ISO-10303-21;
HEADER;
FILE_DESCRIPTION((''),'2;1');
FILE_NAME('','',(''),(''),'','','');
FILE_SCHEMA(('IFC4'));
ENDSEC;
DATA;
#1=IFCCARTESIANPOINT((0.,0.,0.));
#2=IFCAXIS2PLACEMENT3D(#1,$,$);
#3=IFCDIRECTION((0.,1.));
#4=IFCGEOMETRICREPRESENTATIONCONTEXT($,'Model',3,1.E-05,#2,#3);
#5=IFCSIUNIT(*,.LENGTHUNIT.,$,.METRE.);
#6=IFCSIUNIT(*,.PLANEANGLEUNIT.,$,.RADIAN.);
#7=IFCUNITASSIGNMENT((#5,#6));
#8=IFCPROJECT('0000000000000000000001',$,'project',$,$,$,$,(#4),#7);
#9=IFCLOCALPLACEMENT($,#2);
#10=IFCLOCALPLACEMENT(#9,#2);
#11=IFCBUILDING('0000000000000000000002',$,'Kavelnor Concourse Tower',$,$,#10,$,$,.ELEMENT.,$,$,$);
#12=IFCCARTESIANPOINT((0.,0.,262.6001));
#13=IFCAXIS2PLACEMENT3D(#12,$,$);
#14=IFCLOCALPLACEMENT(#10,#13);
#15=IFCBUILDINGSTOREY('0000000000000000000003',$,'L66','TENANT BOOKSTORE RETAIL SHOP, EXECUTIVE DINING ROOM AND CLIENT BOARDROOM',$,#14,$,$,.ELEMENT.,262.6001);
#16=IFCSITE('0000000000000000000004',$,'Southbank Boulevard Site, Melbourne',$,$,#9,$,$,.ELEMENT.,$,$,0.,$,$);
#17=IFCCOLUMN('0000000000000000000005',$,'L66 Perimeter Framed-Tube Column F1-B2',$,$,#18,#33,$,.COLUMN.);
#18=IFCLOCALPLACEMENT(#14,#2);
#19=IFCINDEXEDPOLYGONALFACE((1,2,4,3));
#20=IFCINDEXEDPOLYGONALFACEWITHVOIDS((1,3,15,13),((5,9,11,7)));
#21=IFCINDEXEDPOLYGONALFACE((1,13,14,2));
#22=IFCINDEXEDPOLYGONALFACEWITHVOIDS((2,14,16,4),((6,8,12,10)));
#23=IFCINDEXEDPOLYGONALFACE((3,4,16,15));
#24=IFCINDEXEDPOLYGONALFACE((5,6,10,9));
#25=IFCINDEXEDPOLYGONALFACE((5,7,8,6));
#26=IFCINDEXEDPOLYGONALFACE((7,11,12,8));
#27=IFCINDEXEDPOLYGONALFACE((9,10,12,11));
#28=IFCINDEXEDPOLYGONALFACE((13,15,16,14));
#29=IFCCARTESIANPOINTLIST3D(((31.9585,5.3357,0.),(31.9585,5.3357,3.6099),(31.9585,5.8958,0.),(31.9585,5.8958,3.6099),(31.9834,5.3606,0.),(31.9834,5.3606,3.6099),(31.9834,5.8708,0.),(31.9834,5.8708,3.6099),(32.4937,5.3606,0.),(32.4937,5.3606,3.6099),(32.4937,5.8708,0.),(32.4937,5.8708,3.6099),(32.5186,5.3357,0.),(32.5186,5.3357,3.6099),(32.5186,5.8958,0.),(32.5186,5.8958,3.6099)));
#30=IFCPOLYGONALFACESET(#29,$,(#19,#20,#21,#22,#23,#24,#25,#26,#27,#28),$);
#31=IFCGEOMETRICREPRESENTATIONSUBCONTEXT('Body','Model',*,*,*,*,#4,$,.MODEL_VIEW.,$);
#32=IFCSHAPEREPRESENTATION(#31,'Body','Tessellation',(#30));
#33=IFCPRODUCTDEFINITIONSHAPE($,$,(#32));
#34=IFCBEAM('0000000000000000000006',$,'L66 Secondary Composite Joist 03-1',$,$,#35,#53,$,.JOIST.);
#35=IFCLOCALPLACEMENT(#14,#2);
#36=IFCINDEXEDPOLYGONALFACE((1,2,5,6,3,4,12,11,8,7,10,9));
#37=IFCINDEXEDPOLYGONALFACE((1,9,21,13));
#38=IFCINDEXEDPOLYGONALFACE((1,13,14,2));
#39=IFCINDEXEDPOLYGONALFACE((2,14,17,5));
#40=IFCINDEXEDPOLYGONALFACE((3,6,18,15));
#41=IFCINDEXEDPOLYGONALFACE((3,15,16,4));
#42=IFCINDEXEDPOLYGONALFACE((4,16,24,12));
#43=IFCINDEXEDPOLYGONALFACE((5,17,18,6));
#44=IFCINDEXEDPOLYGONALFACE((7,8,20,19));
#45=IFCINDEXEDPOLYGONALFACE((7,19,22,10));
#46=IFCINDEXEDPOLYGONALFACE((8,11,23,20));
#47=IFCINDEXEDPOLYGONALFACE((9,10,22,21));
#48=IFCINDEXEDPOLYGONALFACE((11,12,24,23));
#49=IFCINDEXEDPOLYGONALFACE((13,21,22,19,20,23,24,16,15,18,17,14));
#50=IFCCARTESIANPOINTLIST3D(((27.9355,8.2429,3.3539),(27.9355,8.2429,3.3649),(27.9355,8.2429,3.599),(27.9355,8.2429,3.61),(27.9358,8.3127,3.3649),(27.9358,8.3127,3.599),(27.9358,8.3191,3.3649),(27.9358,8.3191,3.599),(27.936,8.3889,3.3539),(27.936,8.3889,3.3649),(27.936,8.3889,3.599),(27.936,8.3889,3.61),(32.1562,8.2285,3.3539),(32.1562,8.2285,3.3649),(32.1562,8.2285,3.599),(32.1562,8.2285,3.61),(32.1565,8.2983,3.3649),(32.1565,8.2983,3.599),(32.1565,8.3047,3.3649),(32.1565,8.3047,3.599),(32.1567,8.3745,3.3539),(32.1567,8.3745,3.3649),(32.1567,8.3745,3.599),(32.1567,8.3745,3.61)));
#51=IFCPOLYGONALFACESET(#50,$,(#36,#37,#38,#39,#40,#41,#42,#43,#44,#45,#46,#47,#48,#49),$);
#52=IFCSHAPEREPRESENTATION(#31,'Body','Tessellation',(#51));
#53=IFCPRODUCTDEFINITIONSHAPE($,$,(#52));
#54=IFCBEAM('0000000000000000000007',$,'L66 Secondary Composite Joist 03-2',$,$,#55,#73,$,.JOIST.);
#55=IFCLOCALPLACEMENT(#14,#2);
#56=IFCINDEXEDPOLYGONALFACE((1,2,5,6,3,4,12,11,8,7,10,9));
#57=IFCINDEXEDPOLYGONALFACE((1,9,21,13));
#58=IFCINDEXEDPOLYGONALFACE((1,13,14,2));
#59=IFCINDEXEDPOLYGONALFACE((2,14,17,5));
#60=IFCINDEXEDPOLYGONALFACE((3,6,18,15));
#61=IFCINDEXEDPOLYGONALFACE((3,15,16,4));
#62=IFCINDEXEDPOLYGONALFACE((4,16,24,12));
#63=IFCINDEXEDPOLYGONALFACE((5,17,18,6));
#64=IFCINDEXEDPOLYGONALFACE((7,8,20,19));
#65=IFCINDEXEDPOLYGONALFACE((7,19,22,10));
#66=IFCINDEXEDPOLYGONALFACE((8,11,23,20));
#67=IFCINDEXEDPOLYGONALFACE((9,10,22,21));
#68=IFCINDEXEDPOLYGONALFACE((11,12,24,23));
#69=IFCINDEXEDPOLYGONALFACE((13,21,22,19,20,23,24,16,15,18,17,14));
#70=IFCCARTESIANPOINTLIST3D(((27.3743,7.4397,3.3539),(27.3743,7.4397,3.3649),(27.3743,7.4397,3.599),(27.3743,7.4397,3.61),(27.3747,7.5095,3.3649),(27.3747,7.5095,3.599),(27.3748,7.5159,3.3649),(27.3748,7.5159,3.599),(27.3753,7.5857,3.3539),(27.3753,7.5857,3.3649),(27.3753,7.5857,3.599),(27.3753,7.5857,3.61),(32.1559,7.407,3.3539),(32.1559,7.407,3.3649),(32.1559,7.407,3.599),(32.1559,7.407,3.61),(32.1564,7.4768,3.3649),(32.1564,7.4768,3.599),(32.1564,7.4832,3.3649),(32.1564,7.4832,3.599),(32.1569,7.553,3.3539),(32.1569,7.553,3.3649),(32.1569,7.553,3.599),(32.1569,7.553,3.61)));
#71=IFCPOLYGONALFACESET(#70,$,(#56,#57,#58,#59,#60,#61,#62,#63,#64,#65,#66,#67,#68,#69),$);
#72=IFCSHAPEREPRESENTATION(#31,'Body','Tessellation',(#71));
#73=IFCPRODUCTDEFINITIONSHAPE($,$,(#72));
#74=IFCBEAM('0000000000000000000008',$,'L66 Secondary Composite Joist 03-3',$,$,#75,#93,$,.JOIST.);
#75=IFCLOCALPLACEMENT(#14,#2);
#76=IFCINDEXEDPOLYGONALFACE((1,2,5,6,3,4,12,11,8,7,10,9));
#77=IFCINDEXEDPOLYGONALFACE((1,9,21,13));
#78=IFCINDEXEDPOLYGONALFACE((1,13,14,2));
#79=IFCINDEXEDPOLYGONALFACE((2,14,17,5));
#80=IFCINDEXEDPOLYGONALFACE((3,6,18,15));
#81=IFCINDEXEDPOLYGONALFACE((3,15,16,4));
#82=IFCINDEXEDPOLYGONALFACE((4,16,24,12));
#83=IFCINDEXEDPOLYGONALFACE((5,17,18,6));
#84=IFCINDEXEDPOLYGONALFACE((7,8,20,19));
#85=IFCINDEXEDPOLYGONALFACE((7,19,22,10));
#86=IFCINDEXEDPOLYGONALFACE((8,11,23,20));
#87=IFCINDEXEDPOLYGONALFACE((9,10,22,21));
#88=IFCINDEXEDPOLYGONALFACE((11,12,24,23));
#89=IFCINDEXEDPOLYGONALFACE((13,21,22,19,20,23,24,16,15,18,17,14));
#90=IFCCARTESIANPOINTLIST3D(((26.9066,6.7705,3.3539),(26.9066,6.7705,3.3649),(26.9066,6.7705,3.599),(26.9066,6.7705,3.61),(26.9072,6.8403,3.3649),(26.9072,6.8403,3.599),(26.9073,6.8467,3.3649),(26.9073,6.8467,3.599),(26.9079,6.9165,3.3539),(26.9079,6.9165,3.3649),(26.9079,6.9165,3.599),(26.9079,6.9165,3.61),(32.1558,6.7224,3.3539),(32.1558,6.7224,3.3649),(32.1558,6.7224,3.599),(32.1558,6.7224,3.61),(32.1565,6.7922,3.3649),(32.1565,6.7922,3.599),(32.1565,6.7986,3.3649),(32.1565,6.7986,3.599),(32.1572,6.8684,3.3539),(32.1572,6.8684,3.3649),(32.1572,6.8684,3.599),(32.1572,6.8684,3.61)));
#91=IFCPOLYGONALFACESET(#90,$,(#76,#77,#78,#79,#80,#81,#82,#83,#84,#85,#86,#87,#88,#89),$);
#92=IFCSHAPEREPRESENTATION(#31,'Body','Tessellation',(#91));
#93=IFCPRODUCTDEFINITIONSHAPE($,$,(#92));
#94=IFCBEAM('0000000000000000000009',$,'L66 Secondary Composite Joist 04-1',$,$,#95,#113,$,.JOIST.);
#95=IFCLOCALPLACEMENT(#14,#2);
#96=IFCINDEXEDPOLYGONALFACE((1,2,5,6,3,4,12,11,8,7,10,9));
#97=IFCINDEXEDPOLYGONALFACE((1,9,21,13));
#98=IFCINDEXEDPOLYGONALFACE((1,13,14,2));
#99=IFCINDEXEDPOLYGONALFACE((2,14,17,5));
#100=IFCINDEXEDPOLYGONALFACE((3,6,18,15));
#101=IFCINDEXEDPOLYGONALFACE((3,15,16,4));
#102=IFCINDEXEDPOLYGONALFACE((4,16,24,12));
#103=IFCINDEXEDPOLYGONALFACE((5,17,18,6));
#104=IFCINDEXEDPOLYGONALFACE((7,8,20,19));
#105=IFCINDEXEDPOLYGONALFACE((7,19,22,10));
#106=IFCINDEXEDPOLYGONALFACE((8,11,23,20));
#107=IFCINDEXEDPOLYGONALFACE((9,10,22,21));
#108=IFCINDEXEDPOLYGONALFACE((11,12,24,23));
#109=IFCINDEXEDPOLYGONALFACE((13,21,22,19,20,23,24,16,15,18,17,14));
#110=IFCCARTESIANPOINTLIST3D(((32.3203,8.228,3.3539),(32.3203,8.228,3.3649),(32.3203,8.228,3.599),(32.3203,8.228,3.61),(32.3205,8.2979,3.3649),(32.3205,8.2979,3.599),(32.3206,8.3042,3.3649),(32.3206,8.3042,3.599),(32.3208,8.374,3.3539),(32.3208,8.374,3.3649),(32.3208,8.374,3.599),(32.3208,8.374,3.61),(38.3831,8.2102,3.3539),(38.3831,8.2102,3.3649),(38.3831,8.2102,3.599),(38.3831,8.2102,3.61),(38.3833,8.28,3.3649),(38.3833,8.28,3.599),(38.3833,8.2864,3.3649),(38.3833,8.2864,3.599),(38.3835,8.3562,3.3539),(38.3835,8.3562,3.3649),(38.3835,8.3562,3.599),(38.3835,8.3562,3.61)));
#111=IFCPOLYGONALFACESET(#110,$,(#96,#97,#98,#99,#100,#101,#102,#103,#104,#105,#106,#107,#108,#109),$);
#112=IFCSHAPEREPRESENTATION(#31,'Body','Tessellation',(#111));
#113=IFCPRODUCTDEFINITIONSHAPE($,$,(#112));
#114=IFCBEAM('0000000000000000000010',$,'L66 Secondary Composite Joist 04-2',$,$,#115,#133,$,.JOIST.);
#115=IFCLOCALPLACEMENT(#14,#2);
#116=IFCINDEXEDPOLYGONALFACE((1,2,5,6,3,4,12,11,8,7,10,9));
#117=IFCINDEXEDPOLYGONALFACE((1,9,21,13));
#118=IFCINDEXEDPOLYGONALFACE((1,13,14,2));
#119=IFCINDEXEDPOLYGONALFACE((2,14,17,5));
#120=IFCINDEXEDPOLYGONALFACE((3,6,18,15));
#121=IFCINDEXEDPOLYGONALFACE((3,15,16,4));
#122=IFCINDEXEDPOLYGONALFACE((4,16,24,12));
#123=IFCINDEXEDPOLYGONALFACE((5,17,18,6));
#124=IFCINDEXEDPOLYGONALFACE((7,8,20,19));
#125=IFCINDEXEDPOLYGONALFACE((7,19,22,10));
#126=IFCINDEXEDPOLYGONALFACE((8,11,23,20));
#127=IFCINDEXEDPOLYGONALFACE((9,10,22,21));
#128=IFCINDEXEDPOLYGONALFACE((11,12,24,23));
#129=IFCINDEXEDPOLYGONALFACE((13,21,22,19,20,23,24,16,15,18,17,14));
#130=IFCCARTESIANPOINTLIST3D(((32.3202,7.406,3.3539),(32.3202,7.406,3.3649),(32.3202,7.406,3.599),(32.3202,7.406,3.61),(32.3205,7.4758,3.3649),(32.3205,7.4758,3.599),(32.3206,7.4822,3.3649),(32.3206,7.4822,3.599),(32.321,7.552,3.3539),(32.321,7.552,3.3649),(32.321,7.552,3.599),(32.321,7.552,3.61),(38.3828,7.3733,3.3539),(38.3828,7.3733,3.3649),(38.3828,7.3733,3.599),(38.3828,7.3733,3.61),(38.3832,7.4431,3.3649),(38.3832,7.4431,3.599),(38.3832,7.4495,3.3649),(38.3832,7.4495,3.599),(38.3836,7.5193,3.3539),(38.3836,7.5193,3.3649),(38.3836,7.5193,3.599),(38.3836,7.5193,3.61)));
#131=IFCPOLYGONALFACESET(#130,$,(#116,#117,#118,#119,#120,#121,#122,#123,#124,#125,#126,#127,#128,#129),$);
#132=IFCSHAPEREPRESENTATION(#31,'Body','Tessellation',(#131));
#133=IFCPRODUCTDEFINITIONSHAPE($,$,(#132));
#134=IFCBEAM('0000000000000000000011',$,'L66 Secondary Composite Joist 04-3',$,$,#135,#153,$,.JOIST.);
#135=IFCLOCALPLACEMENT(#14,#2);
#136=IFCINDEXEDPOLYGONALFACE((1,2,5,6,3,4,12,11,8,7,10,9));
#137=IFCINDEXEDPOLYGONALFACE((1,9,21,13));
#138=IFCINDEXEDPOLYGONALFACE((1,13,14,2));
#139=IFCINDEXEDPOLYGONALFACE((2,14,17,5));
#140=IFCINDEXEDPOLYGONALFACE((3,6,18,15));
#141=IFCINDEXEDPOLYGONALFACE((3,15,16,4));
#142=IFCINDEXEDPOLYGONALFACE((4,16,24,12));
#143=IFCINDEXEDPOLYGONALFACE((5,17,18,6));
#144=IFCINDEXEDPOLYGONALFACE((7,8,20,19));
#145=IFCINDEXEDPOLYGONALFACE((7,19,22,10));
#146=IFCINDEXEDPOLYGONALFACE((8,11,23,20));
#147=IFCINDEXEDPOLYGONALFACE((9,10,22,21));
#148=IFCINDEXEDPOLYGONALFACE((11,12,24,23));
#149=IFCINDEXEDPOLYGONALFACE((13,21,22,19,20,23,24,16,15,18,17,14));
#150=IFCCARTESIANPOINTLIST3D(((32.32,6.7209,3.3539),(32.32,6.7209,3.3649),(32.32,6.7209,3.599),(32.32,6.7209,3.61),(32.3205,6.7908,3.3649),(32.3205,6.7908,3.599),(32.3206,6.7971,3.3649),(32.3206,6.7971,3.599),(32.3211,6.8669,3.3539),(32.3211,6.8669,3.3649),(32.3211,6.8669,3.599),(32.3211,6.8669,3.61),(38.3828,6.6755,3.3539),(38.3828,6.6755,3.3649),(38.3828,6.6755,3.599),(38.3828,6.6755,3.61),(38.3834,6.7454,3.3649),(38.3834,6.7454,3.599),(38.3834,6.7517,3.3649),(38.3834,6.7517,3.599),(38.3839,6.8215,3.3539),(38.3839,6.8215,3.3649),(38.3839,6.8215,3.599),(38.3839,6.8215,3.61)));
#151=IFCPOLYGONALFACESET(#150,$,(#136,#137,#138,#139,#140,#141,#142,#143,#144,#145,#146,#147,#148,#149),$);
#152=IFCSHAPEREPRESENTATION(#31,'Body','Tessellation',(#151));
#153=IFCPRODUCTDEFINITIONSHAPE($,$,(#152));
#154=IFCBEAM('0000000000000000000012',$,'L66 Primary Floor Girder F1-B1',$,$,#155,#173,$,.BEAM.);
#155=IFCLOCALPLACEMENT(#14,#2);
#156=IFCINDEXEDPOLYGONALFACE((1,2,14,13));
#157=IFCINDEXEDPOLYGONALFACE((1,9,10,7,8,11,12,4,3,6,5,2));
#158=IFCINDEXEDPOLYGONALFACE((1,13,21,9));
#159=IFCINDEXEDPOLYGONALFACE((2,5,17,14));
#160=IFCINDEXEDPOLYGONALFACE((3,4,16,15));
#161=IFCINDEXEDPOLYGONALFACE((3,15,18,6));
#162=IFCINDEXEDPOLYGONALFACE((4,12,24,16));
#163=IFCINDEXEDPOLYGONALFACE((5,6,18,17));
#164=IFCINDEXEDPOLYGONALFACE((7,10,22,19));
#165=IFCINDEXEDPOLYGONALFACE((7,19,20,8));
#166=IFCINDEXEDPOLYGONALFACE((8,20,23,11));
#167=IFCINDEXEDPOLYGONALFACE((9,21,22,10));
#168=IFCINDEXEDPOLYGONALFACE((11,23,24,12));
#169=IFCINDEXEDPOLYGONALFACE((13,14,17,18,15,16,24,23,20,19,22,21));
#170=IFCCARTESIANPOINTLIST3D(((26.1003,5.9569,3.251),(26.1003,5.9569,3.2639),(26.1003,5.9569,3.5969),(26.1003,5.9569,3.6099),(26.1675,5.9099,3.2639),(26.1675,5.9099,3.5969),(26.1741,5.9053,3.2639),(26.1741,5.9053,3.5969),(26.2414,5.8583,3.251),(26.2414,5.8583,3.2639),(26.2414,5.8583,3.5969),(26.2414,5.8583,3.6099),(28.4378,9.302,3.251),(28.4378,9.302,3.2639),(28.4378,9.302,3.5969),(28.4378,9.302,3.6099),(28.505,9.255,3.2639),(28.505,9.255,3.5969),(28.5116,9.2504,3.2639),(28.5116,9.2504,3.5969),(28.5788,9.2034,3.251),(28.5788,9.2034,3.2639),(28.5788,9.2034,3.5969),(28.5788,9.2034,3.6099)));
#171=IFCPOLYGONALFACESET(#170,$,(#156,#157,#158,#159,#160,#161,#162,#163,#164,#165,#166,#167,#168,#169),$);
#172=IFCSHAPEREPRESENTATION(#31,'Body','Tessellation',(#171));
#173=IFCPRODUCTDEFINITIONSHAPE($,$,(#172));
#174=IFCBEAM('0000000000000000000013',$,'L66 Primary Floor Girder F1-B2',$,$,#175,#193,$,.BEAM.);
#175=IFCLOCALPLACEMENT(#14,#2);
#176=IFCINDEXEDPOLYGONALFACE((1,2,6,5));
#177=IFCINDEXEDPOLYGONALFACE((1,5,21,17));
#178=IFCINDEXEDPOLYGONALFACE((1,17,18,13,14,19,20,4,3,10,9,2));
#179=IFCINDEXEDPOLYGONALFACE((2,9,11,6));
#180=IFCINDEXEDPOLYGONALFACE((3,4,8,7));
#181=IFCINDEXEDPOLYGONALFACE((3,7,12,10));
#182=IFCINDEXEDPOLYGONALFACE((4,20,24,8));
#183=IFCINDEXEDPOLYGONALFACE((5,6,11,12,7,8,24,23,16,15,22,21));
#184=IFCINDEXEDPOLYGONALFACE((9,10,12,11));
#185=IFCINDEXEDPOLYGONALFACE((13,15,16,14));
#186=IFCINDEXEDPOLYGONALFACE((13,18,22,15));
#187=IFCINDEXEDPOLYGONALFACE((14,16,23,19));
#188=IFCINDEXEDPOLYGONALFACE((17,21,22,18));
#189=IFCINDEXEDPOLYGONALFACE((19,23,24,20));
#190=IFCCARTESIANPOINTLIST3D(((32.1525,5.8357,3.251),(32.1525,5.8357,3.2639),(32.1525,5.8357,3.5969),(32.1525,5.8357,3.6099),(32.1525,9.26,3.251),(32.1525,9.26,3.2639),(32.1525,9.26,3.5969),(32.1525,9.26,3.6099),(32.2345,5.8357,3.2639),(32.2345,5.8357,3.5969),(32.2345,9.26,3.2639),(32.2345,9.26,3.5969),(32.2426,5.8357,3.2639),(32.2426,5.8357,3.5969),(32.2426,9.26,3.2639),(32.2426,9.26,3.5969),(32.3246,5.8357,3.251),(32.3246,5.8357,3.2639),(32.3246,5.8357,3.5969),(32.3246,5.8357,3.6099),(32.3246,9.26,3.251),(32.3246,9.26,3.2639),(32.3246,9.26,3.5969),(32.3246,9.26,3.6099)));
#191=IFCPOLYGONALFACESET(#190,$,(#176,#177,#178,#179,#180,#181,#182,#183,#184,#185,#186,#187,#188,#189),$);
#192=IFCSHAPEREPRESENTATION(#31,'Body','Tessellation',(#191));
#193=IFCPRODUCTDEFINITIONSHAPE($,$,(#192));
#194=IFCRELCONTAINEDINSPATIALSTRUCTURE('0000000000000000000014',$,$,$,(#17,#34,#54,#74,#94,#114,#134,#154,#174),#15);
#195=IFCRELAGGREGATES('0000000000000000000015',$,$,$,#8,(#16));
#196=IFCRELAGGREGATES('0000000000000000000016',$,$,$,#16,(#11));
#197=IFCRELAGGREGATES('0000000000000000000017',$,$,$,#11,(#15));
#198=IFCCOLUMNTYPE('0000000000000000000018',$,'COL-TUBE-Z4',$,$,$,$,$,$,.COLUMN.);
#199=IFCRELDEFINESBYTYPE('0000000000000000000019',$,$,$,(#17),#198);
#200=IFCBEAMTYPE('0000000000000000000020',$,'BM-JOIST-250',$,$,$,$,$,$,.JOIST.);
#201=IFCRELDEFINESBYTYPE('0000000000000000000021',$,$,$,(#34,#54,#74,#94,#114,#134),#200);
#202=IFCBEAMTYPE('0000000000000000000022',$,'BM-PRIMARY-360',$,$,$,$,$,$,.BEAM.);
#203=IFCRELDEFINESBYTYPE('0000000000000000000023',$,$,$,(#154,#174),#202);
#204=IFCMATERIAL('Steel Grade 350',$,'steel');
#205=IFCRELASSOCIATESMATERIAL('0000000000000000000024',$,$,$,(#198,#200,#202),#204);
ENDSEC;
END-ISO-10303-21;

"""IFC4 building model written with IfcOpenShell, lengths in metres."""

from ifc_helpers import new_model, si_unit, direction, frame, origin, origin_2d, place, context, subcontext, project, spatial, hollow_rectangle, i_section, extrude, material, material_profile, profile_set, type_object, element, save


model = new_model("IFC4")

# Units and contexts
model_context = context("Model", 3, precision=1e-05, world=origin(), true_north=direction((0.0, 1.0)))
body_context = subcontext(model_context, "Body", "Model", "MODEL_VIEW")
ifc_project = project(units=[si_unit("LENGTHUNIT", "METRE"), si_unit("PLANEANGLEUNIT", "RADIAN")], contexts=[model_context])

# Site, building, storey
site_placement = place(None, origin())
site = spatial("IfcSite", under=ifc_project, at=site_placement, Name="Southbank Boulevard Site, Melbourne", CompositionType="ELEMENT", RefElevation=0.0)
building_placement = place(site_placement, origin())
building = spatial("IfcBuilding", under=site, at=building_placement, Name="Kavelnor Concourse Tower", CompositionType="ELEMENT")
storey_placement = place(building_placement, frame((0.0, 0.0, 262.6001)))
storey = spatial("IfcBuildingStorey", under=building, at=storey_placement, Name="L66", Description="TENANT BOOKSTORE RETAIL SHOP, EXECUTIVE DINING ROOM AND CLIENT BOARDROOM", CompositionType="ELEMENT", Elevation=262.6001)

# Column
ifc_material_1 = material(Name="Steel Grade 350", Category="steel")
ifc_material_profile_1 = material_profile(ifc_material_1, hollow_rectangle(XDim=0.5601, YDim=0.5601, WallThickness=0.0249, at=origin_2d()), Name="SHS 560x560x25")
ifc_profile_set_1 = profile_set([ifc_material_profile_1], Name="Steel Grade 350")
column_type = type_object("IfcColumnType", Name="COL-TUBE-Z4", PredefinedType="COLUMN", material=ifc_profile_set_1)
column_placement = place(storey_placement, frame((32.2385, 5.6157, 0.0), z_axis=(0.0, 0.0, 1.0), x_axis=(1.0, 0.0, 0.0)))
element("IfcColumn", 1, at=column_placement, inside=storey, type_object=column_type, Name="L66 Perimeter Framed-Tube Column F1-B2", PredefinedType="COLUMN", context=body_context, shape_type="SweptSolid", body=[
    extrude(hollow_rectangle(XDim=0.5601, YDim=0.5601, WallThickness=0.0249, at=origin_2d()), origin(), (0.0, 0.0, 1.0), 3.6099),
])

# Beams
ifc_material_profile_2 = material_profile(ifc_material_1, i_section(OverallWidth=0.146, OverallDepth=0.2561, WebThickness=0.0063, FlangeThickness=0.011, at=origin_2d()), Name="250UB37")
ifc_profile_set_2 = profile_set([ifc_material_profile_2], Name="Steel Grade 350")
beam_type_1 = type_object("IfcBeamType", Name="BM-JOIST-250", PredefinedType="JOIST", material=ifc_profile_set_2)
beam_1_placement = place(storey_placement, frame((27.9358, 8.3159, 3.4819), z_axis=(0.999994, -0.003413, 0.0), x_axis=(0.003413, 0.999994, 0.0)))
element("IfcBeam", 2, at=beam_1_placement, inside=storey, type_object=beam_type_1, Name="L66 Secondary Composite Joist 03-1", PredefinedType="JOIST", context=body_context, shape_type="SweptSolid", body=[
    extrude(i_section(OverallWidth=0.146, OverallDepth=0.2561, WebThickness=0.0063, FlangeThickness=0.011, at=origin_2d()), origin(), (0.0, 0.0, 1.0), 4.2207),
])
beam_2_placement = place(storey_placement, frame((27.3748, 7.5127, 3.4819), z_axis=(0.999977, -0.006841, 0.0), x_axis=(0.006841, 0.999977, 0.0)))
element("IfcBeam", 3, at=beam_2_placement, inside=storey, type_object=beam_type_1, Name="L66 Secondary Composite Joist 03-2", PredefinedType="JOIST", context=body_context, shape_type="SweptSolid", body=[
    extrude(i_section(OverallWidth=0.146, OverallDepth=0.2561, WebThickness=0.0063, FlangeThickness=0.011, at=origin_2d()), origin(), (0.0, 0.0, 1.0), 4.7817),
])
beam_3_placement = place(storey_placement, frame((26.9072, 6.8435, 3.4819), z_axis=(0.999958, -0.009162, 0.0), x_axis=(0.009162, 0.999958, 0.0)))
element("IfcBeam", 4, at=beam_3_placement, inside=storey, type_object=beam_type_1, Name="L66 Secondary Composite Joist 03-3", PredefinedType="JOIST", context=body_context, shape_type="SweptSolid", body=[
    extrude(i_section(OverallWidth=0.146, OverallDepth=0.2561, WebThickness=0.0063, FlangeThickness=0.011, at=origin_2d()), origin(), (0.0, 0.0, 1.0), 5.2495),
])
for number, where, z_axis, x_axis, name in (
    (5, (32.3206, 8.301, 3.4819), (0.999996, -0.00294, 0.0), (0.00294, 0.999996, 0.0), "L66 Secondary Composite Joist 04-1"),
    (6, (32.3206, 7.479, 3.4819), (0.999985, -0.005396, 0.0), (0.005396, 0.999985, 0.0), "L66 Secondary Composite Joist 04-2"),
):
    element("IfcBeam", number, at=place(storey_placement, frame(where, z_axis=z_axis, x_axis=x_axis)), inside=storey, type_object=beam_type_1, Name=name, PredefinedType="JOIST", context=body_context, shape_type="SweptSolid", body=[
        extrude(i_section(OverallWidth=0.146, OverallDepth=0.2561, WebThickness=0.0063, FlangeThickness=0.011, at=origin_2d()), origin(), (0.0, 0.0, 1.0), 6.0627),
    ])
beam_4_placement = place(storey_placement, frame((32.3206, 6.7939, 3.4819), z_axis=(0.999972, -0.00749, 0.0), x_axis=(0.00749, 0.999972, 0.0)))
element("IfcBeam", 7, at=beam_4_placement, inside=storey, type_object=beam_type_1, Name="L66 Secondary Composite Joist 04-3", PredefinedType="JOIST", context=body_context, shape_type="SweptSolid", body=[
    extrude(i_section(OverallWidth=0.146, OverallDepth=0.2561, WebThickness=0.0063, FlangeThickness=0.011, at=origin_2d()), origin(), (0.0, 0.0, 1.0), 6.063),
])
ifc_material_profile_3 = material_profile(ifc_material_1, i_section(OverallWidth=0.1721, OverallDepth=0.3589, WebThickness=0.0081, FlangeThickness=0.0129, at=origin_2d()), Name="360UB56")
ifc_profile_set_3 = profile_set([ifc_material_profile_3], Name="Steel Grade 350")
beam_type_2 = type_object("IfcBeamType", Name="BM-PRIMARY-360", PredefinedType="BEAM", material=ifc_profile_set_3)
beam_5_placement = place(storey_placement, frame((28.5083, 9.2527, 3.4304), z_axis=(-0.572792, -0.819701, 0.0), x_axis=(0.819701, -0.572792, 0.0)))
element("IfcBeam", 8, at=beam_5_placement, inside=storey, type_object=beam_type_2, Name="L66 Primary Floor Girder F1-B1", PredefinedType="BEAM", context=body_context, shape_type="SweptSolid", body=[
    extrude(i_section(OverallWidth=0.1721, OverallDepth=0.3589, WebThickness=0.0081, FlangeThickness=0.0129, at=origin_2d()), origin(), (0.0, 0.0, 1.0), 4.0808),
])
beam_6_placement = place(storey_placement, frame((32.2385, 9.26, 3.4304), z_axis=(0.0, -1.0, 0.0), x_axis=(1.0, 0.0, 0.0)))
element("IfcBeam", 9, at=beam_6_placement, inside=storey, type_object=beam_type_2, Name="L66 Primary Floor Girder F1-B2", PredefinedType="BEAM", context=body_context, shape_type="SweptSolid", body=[
    extrude(i_section(OverallWidth=0.1721, OverallDepth=0.3589, WebThickness=0.0081, FlangeThickness=0.0129, at=origin_2d()), origin(), (0.0, 0.0, 1.0), 3.4243),
])

save(model, "model.ifc")
